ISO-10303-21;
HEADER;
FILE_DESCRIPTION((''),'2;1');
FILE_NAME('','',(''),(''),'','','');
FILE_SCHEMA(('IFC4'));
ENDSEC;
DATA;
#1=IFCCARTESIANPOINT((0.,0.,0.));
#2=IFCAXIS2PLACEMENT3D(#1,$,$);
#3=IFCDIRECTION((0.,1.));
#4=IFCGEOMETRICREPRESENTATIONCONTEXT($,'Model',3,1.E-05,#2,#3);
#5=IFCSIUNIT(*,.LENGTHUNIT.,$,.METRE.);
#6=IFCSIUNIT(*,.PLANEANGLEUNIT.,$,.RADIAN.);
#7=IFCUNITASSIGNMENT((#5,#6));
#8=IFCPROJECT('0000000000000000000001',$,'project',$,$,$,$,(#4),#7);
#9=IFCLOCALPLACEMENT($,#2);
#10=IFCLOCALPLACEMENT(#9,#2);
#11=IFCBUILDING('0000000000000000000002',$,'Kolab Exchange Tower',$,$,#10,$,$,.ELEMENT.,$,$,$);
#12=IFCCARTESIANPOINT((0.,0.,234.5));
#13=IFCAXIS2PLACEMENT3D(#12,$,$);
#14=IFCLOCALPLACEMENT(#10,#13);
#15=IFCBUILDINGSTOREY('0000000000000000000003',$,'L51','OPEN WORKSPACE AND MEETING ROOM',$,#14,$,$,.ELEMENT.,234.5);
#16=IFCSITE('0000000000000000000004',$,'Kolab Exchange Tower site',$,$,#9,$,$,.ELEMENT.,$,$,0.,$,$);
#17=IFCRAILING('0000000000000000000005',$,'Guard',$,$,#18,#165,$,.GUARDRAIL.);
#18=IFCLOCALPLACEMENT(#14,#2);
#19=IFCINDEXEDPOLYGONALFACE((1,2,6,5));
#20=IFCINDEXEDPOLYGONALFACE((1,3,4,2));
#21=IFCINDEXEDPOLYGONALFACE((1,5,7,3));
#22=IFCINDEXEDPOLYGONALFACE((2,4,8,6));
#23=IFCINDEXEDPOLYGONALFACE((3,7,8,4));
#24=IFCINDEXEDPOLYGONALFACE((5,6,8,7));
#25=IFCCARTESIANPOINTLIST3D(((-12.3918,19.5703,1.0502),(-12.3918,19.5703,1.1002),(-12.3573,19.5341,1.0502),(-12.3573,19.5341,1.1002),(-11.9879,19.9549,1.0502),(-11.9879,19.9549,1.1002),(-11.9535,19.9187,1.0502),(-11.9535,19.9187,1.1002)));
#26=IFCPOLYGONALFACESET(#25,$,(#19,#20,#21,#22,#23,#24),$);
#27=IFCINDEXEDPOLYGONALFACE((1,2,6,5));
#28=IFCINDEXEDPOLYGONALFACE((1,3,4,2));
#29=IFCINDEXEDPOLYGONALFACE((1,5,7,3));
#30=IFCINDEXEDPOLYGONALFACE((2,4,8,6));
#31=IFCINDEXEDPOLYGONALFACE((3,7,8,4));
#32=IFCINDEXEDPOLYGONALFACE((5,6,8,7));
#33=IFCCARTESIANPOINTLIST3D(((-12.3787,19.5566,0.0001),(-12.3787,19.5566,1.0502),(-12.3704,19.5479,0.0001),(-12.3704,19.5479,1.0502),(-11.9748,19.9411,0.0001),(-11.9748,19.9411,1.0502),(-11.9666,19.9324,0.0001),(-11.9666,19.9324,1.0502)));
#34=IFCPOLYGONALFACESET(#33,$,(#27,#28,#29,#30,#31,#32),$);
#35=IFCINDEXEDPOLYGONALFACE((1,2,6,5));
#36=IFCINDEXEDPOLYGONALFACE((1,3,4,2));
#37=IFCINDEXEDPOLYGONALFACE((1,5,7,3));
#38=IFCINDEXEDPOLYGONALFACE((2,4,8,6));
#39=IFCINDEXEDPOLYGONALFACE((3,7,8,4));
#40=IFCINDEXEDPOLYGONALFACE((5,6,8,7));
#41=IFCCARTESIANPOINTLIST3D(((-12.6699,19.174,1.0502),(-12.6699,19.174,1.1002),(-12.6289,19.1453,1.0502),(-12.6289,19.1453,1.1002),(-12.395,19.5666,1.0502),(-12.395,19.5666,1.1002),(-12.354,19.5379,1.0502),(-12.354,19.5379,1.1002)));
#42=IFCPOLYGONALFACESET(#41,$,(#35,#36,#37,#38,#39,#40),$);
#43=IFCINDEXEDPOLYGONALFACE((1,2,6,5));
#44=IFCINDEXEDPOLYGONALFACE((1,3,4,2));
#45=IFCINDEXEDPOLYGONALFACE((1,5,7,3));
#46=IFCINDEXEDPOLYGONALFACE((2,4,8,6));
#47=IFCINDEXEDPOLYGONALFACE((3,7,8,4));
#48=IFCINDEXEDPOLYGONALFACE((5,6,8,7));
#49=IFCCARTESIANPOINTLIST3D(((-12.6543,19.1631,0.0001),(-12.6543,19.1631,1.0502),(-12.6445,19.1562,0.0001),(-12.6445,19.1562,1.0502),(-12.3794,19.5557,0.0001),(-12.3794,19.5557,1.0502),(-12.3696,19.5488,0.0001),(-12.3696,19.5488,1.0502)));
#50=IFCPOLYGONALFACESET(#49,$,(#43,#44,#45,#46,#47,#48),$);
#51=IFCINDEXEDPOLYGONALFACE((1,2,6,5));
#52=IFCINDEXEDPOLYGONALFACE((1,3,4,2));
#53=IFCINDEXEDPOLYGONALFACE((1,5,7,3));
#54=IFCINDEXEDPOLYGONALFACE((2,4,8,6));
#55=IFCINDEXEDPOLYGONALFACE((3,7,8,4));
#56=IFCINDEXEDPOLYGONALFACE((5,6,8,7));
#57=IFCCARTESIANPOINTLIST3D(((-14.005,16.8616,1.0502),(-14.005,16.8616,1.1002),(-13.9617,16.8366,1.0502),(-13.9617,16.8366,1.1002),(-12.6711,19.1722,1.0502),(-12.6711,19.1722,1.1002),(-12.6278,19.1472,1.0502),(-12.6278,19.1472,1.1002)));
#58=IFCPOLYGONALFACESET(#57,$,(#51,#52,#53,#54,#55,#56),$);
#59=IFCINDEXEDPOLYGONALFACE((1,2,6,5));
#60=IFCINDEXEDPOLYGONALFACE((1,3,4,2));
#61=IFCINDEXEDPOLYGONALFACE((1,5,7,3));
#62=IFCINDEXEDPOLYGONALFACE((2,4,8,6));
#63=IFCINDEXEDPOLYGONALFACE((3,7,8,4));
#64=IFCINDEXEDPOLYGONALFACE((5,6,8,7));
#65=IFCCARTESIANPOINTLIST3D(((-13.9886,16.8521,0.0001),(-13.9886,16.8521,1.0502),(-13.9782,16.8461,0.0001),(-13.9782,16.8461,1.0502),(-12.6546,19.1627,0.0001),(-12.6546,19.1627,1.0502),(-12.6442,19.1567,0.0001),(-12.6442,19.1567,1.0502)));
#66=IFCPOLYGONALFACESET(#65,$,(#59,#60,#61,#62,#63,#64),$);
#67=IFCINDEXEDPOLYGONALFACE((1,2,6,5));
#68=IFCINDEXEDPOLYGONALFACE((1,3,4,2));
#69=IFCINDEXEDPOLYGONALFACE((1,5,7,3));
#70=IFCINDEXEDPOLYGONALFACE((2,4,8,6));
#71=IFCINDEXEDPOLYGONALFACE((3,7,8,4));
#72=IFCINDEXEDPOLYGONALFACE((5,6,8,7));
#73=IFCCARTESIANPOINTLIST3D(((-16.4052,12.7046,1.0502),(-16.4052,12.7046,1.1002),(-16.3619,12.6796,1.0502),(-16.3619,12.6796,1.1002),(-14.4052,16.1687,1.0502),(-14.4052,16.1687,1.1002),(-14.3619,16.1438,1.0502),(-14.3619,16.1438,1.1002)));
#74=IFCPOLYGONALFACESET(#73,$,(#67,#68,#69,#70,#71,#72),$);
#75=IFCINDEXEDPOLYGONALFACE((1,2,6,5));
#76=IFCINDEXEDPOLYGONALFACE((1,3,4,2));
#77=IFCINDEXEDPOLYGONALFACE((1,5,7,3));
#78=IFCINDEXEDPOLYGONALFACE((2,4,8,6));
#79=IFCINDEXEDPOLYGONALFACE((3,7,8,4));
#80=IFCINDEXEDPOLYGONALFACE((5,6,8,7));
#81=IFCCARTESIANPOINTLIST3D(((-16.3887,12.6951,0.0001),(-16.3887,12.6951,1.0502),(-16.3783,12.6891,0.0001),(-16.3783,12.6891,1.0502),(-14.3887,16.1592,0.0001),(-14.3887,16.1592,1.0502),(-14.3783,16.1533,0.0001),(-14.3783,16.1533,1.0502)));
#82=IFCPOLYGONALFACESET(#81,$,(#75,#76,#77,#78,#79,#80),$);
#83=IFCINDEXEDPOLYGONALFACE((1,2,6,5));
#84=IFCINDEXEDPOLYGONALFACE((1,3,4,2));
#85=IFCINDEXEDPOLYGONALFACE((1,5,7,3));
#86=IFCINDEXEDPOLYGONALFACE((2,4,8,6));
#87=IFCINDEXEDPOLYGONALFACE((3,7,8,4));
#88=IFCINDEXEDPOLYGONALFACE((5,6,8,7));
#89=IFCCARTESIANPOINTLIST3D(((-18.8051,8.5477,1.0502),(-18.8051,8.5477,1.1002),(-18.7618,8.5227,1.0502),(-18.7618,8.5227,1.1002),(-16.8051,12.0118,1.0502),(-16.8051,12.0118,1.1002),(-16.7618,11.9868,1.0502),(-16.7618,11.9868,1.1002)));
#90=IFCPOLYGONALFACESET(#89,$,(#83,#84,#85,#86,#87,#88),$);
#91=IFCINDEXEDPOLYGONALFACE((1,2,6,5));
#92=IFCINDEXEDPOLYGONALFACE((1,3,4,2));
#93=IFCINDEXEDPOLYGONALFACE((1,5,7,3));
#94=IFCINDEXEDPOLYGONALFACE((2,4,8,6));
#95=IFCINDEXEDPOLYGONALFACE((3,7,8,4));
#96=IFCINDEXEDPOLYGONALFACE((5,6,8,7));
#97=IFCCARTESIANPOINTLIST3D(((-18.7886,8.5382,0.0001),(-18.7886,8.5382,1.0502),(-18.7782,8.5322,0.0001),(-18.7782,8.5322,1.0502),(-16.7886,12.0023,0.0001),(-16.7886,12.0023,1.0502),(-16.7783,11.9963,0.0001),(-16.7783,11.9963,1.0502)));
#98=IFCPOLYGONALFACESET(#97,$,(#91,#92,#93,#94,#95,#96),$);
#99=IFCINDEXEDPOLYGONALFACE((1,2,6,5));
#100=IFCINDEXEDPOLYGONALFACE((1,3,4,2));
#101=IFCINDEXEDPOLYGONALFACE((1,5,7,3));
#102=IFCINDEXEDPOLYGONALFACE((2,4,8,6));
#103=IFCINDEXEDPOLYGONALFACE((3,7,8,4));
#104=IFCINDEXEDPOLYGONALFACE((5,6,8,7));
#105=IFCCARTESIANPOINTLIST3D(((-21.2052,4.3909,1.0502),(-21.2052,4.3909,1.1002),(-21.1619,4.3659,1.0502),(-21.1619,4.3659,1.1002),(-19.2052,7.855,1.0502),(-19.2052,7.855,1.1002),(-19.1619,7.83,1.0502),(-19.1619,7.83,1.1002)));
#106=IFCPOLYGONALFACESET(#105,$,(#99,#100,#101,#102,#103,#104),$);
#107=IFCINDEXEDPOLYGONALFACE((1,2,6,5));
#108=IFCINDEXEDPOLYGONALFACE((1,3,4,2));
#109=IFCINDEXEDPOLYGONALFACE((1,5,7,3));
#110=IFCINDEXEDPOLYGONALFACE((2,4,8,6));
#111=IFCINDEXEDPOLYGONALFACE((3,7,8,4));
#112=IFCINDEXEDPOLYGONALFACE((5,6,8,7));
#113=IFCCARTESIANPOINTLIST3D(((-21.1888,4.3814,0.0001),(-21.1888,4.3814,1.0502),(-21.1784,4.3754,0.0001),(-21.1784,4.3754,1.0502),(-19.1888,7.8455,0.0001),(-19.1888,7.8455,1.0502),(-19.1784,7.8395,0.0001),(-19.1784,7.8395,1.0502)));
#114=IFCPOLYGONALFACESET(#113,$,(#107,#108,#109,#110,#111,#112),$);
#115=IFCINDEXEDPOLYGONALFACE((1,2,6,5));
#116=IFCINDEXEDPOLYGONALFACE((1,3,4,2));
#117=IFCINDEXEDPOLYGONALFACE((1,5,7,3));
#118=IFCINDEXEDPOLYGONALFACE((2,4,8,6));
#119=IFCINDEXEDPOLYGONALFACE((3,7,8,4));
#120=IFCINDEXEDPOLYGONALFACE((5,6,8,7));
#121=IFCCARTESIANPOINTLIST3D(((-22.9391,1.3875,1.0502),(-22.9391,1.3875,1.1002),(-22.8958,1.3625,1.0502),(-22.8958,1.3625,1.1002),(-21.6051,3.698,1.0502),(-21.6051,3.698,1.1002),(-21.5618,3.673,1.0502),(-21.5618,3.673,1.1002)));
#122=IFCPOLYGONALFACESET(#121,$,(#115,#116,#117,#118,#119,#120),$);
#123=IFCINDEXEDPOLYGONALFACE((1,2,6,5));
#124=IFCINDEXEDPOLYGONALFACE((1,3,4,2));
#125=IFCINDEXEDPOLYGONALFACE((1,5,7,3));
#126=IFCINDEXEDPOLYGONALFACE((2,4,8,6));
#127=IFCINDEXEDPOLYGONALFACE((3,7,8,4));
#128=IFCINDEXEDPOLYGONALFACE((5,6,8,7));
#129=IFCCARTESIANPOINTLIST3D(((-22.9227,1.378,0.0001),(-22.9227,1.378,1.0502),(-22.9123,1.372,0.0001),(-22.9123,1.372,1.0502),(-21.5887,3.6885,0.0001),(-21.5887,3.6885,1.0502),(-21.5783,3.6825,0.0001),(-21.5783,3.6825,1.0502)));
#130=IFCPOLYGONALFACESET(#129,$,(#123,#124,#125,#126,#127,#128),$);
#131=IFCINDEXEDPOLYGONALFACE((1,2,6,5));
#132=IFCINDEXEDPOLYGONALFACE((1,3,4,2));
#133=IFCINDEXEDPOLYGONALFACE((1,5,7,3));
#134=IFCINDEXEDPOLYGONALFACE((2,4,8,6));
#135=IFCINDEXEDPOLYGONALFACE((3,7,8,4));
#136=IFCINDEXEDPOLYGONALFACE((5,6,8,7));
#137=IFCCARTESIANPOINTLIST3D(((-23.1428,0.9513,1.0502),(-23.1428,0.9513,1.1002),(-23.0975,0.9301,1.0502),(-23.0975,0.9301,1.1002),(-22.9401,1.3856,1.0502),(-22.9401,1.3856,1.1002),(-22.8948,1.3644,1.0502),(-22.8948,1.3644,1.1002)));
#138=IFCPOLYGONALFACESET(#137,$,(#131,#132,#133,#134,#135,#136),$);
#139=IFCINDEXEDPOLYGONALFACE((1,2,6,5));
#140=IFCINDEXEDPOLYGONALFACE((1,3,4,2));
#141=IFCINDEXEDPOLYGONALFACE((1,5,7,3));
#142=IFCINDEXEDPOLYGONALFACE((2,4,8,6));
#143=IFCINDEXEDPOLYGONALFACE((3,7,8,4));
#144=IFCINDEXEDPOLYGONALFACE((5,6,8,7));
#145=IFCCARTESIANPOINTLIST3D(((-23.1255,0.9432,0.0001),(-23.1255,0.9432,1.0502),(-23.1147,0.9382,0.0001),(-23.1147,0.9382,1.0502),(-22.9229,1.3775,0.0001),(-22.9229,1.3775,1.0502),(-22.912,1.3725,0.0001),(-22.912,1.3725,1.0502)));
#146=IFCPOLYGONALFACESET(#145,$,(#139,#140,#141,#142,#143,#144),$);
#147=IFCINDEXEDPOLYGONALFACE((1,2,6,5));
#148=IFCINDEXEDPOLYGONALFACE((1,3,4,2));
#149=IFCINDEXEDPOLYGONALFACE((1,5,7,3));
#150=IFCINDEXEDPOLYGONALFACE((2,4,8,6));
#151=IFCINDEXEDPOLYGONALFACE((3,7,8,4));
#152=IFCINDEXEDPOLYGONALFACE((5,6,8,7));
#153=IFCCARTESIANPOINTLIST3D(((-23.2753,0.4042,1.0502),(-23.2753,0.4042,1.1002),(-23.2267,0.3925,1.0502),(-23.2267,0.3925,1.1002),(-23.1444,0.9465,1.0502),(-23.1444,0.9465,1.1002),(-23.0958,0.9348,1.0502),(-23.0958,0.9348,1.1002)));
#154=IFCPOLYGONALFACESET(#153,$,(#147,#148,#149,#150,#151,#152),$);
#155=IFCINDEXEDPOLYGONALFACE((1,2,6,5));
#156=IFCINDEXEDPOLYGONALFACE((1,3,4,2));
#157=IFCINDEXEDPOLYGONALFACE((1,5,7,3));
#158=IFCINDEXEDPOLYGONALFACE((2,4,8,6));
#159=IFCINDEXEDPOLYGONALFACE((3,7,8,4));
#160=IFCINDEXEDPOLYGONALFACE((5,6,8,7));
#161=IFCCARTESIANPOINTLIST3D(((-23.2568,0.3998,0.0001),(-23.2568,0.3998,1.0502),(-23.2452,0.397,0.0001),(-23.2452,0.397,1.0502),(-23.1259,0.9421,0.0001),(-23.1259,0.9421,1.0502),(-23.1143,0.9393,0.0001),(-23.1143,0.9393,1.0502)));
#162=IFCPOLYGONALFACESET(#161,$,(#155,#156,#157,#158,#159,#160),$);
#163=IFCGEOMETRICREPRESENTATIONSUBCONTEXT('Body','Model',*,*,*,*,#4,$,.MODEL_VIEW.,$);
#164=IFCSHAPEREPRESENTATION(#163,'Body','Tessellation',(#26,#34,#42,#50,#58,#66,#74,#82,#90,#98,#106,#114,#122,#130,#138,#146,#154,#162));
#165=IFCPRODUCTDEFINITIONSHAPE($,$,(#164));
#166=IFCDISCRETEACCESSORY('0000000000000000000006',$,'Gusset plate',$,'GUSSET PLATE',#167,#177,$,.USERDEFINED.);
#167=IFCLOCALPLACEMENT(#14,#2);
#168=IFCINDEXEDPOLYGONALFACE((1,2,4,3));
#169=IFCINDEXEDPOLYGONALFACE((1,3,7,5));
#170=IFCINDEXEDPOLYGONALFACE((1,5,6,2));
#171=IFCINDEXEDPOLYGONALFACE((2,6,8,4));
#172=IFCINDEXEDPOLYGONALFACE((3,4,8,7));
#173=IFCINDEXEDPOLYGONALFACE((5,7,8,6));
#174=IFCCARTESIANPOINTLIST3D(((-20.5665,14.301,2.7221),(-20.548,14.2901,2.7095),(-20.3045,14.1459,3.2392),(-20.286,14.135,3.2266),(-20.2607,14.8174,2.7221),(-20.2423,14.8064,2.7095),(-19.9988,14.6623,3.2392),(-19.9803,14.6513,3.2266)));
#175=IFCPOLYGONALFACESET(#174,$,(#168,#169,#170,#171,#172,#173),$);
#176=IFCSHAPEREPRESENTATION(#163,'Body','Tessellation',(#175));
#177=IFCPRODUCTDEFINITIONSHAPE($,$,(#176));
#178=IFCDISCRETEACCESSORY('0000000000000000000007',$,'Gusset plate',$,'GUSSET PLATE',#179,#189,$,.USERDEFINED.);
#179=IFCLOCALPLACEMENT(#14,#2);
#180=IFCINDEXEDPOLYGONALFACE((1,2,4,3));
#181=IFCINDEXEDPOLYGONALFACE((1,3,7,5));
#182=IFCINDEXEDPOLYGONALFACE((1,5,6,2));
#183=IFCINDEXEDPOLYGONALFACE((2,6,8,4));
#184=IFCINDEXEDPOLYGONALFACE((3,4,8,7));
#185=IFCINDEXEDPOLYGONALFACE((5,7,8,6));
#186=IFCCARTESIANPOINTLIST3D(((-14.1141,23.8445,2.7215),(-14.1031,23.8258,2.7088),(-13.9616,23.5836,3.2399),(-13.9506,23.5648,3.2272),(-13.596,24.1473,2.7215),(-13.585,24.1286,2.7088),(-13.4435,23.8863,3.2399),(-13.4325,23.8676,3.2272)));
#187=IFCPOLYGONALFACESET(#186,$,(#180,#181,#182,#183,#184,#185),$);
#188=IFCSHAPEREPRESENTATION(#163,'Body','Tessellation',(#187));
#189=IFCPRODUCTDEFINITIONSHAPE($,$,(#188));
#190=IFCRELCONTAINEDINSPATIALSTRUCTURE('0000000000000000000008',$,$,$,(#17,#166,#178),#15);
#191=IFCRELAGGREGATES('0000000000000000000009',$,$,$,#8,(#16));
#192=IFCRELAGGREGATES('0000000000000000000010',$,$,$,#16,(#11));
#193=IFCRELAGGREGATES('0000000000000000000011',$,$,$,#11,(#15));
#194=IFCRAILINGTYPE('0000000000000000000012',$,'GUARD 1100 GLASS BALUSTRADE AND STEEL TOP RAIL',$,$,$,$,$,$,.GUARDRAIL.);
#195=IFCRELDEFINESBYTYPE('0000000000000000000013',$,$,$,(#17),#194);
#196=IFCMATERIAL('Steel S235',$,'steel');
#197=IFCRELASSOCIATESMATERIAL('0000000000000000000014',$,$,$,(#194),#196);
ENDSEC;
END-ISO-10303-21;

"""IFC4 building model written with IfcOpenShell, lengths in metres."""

from ifc_helpers import new_model, si_unit, direction, frame, frame_2d, origin, origin_2d, place, context, subcontext, project, spatial, rectangle, extrude, material, type_object, element, save


model = new_model("IFC4")

# Units and contexts
model_context = context("Model", 3, precision=1e-05, world=origin(), true_north=direction((0.0, 1.0)))
body_context = subcontext(model_context, "Body", "Model", "MODEL_VIEW")
ifc_project = project(units=[si_unit("LENGTHUNIT", "METRE"), si_unit("PLANEANGLEUNIT", "RADIAN")], contexts=[model_context])

# Site, building, storey
site_placement = place(None, origin())
site = spatial("IfcSite", under=ifc_project, at=site_placement, Name="Kolab Exchange Tower site", CompositionType="ELEMENT", RefElevation=0.0)
building_placement = place(site_placement, origin())
building = spatial("IfcBuilding", under=site, at=building_placement, Name="Kolab Exchange Tower", CompositionType="ELEMENT")
storey_placement = place(building_placement, frame((0.0, 0.0, 234.5)))
storey = spatial("IfcBuildingStorey", under=building, at=storey_placement, Name="L51", Description="OPEN WORKSPACE AND MEETING ROOM", CompositionType="ELEMENT", Elevation=234.5)

# Shared definitions
ifc_material_1 = material(Name="Steel S235", Category="steel")

# Railing
railing_type = type_object("IfcRailingType", Name="GUARD 1100 GLASS BALUSTRADE AND STEEL TOP RAIL", PredefinedType="GUARDRAIL", material=ifc_material_1)
railing_placement = place(storey_placement, frame((-11.9707, 19.9368, 0.0)))
element("IfcRailing", 1, at=railing_placement, inside=storey, type_object=railing_type, Name="Guard", PredefinedType="GUARDRAIL", context=body_context, shape_type="SweptSolid", body=[
    extrude(rectangle(XDim=0.05, YDim=0.05, at=origin_2d()), frame((0.0, 0.0, 1.0752), z_axis=(-0.72419, -0.689601, 0.0), x_axis=(0.689601, -0.72419, 0.0)), (0.0, 0.0, 1.0), 0.5576),
    extrude(rectangle(XDim=0.012, YDim=1.0501, at=frame_2d((0.0, 0.5251))), frame((0.0, 0.0, 0.0), z_axis=(-0.72419, -0.689601, 0.0), x_axis=(0.689601, -0.72419, 0.0)), (0.0, 0.0, 1.0), 0.5576),
    extrude(rectangle(XDim=0.05, YDim=0.05, at=origin_2d()), frame((-0.4038, -0.3845, 1.0752), z_axis=(-0.573599, -0.819136, 0.0), x_axis=(0.819136, -0.573599, 0.0)), (0.0, 0.0, 1.0), 0.4792),
    extrude(rectangle(XDim=0.012, YDim=1.0501, at=frame_2d((0.0, 0.5251))), frame((-0.4038, -0.3845, 0.0), z_axis=(-0.573599, -0.819136, 0.0), x_axis=(0.819136, -0.573599, 0.0)), (0.0, 0.0, 1.0), 0.4792),
    extrude(rectangle(XDim=0.05, YDim=0.05, at=origin_2d()), frame((-0.6787, -0.7771, 1.0752), z_axis=(-0.499997, -0.866027, 0.0), x_axis=(0.866027, -0.499997, 0.0)), (0.0, 0.0, 1.0), 2.668),
    extrude(rectangle(XDim=0.012, YDim=1.0501, at=frame_2d((0.0, 0.5251))), frame((-0.6787, -0.7771, 0.0), z_axis=(-0.499997, -0.866027, 0.0), x_axis=(0.866027, -0.499997, 0.0)), (0.0, 0.0, 1.0), 2.668),
    extrude(rectangle(XDim=0.05, YDim=0.05, at=origin_2d()), frame((-2.4128, -3.7805, 1.0752), z_axis=(-0.499999, -0.866026, 0.0), x_axis=(0.866026, -0.499999, 0.0)), (0.0, 0.0, 1.0), 4.0),
    extrude(rectangle(XDim=0.012, YDim=1.0501, at=frame_2d((0.0, 0.5251))), frame((-2.4128, -3.7805, 0.0), z_axis=(-0.499999, -0.866026, 0.0), x_axis=(0.866026, -0.499999, 0.0)), (0.0, 0.0, 1.0), 4.0),
    extrude(rectangle(XDim=0.05, YDim=0.05, at=origin_2d()), frame((-4.8127, -7.9375, 1.0752), z_axis=(-0.499999, -0.866026, 0.0), x_axis=(0.866026, -0.499999, 0.0)), (0.0, 0.0, 1.0), 4.0),
    extrude(rectangle(XDim=0.012, YDim=1.0501, at=frame_2d((0.0, 0.5251))), frame((-4.8127, -7.9375, 0.0), z_axis=(-0.499999, -0.866026, 0.0), x_axis=(0.866026, -0.499999, 0.0)), (0.0, 0.0, 1.0), 4.0),
    extrude(rectangle(XDim=0.05, YDim=0.05, at=origin_2d()), frame((-7.2129, -12.0942, 1.0752), z_axis=(-0.499999, -0.866026, 0.0), x_axis=(0.866026, -0.499999, 0.0)), (0.0, 0.0, 1.0), 4.0),
    extrude(rectangle(XDim=0.012, YDim=1.0501, at=frame_2d((0.0, 0.5251))), frame((-7.2129, -12.0942, 0.0), z_axis=(-0.499999, -0.866026, 0.0), x_axis=(0.866026, -0.499999, 0.0)), (0.0, 0.0, 1.0), 4.0),
    extrude(rectangle(XDim=0.05, YDim=0.05, at=origin_2d()), frame((-9.6128, -16.2512, 1.0752), z_axis=(-0.499997, -0.866027, 0.0), x_axis=(0.866027, -0.499997, 0.0)), (0.0, 0.0, 1.0), 2.668),
    extrude(rectangle(XDim=0.012, YDim=1.0501, at=frame_2d((0.0, 0.5251))), frame((-9.6128, -16.2512, 0.0), z_axis=(-0.499997, -0.866027, 0.0), x_axis=(0.866027, -0.499997, 0.0)), (0.0, 0.0, 1.0), 2.668),
    extrude(rectangle(XDim=0.05, YDim=0.05, at=origin_2d()), frame((-10.9468, -18.5618, 1.0752), z_axis=(-0.422802, -0.906222, 0.0), x_axis=(0.906222, -0.422802, 0.0)), (0.0, 0.0, 1.0), 0.4792),
    extrude(rectangle(XDim=0.012, YDim=1.0501, at=frame_2d((0.0, 0.5251))), frame((-10.9468, -18.5618, 0.0), z_axis=(-0.422802, -0.906222, 0.0), x_axis=(0.906222, -0.422802, 0.0)), (0.0, 0.0, 1.0), 0.4792),
    extrude(rectangle(XDim=0.05, YDim=0.05, at=origin_2d()), frame((-11.1494, -18.9961, 1.0752), z_axis=(-0.234598, -0.972093, 0.0), x_axis=(0.972093, -0.234598, 0.0)), (0.0, 0.0, 1.0), 0.5579),
    extrude(rectangle(XDim=0.012, YDim=1.0501, at=frame_2d((0.0, 0.5251))), frame((-11.1494, -18.9961, 0.0), z_axis=(-0.234598, -0.972093, 0.0), x_axis=(0.972093, -0.234598, 0.0)), (0.0, 0.0, 1.0), 0.5579),
])

# Discrete accessories
discrete_accessory_1_placement = place(storey_placement, frame((-20.2642, 14.4707, 2.968), z_axis=(-0.741508, 0.439051, 0.507347), x_axis=(-0.509492, -0.860475, 0.0)))
element("IfcDiscreteAccessory", 2, at=discrete_accessory_1_placement, inside=storey, Name="Gusset plate", ObjectType="GUSSET PLATE", PredefinedType="USERDEFINED", context=body_context, shape_type="SweptSolid", body=[
    extrude(rectangle(XDim=0.6001, YDim=0.6001, at=origin_2d()), origin(), (0.0, 0.0, 1.0), 0.0249),
])
discrete_accessory_2_placement = place(storey_placement, frame((-13.7678, 23.8467, 2.968), z_axis=(-0.435888, 0.745852, 0.503693), x_axis=(-0.863372, -0.504568, 0.0)))
element("IfcDiscreteAccessory", 3, at=discrete_accessory_2_placement, inside=storey, Name="Gusset plate", ObjectType="GUSSET PLATE", PredefinedType="USERDEFINED", context=body_context, shape_type="SweptSolid", body=[
    extrude(rectangle(XDim=0.6001, YDim=0.6001, at=origin_2d()), origin(), (0.0, 0.0, 1.0), 0.0251),
])

save(model, "model.ifc")
